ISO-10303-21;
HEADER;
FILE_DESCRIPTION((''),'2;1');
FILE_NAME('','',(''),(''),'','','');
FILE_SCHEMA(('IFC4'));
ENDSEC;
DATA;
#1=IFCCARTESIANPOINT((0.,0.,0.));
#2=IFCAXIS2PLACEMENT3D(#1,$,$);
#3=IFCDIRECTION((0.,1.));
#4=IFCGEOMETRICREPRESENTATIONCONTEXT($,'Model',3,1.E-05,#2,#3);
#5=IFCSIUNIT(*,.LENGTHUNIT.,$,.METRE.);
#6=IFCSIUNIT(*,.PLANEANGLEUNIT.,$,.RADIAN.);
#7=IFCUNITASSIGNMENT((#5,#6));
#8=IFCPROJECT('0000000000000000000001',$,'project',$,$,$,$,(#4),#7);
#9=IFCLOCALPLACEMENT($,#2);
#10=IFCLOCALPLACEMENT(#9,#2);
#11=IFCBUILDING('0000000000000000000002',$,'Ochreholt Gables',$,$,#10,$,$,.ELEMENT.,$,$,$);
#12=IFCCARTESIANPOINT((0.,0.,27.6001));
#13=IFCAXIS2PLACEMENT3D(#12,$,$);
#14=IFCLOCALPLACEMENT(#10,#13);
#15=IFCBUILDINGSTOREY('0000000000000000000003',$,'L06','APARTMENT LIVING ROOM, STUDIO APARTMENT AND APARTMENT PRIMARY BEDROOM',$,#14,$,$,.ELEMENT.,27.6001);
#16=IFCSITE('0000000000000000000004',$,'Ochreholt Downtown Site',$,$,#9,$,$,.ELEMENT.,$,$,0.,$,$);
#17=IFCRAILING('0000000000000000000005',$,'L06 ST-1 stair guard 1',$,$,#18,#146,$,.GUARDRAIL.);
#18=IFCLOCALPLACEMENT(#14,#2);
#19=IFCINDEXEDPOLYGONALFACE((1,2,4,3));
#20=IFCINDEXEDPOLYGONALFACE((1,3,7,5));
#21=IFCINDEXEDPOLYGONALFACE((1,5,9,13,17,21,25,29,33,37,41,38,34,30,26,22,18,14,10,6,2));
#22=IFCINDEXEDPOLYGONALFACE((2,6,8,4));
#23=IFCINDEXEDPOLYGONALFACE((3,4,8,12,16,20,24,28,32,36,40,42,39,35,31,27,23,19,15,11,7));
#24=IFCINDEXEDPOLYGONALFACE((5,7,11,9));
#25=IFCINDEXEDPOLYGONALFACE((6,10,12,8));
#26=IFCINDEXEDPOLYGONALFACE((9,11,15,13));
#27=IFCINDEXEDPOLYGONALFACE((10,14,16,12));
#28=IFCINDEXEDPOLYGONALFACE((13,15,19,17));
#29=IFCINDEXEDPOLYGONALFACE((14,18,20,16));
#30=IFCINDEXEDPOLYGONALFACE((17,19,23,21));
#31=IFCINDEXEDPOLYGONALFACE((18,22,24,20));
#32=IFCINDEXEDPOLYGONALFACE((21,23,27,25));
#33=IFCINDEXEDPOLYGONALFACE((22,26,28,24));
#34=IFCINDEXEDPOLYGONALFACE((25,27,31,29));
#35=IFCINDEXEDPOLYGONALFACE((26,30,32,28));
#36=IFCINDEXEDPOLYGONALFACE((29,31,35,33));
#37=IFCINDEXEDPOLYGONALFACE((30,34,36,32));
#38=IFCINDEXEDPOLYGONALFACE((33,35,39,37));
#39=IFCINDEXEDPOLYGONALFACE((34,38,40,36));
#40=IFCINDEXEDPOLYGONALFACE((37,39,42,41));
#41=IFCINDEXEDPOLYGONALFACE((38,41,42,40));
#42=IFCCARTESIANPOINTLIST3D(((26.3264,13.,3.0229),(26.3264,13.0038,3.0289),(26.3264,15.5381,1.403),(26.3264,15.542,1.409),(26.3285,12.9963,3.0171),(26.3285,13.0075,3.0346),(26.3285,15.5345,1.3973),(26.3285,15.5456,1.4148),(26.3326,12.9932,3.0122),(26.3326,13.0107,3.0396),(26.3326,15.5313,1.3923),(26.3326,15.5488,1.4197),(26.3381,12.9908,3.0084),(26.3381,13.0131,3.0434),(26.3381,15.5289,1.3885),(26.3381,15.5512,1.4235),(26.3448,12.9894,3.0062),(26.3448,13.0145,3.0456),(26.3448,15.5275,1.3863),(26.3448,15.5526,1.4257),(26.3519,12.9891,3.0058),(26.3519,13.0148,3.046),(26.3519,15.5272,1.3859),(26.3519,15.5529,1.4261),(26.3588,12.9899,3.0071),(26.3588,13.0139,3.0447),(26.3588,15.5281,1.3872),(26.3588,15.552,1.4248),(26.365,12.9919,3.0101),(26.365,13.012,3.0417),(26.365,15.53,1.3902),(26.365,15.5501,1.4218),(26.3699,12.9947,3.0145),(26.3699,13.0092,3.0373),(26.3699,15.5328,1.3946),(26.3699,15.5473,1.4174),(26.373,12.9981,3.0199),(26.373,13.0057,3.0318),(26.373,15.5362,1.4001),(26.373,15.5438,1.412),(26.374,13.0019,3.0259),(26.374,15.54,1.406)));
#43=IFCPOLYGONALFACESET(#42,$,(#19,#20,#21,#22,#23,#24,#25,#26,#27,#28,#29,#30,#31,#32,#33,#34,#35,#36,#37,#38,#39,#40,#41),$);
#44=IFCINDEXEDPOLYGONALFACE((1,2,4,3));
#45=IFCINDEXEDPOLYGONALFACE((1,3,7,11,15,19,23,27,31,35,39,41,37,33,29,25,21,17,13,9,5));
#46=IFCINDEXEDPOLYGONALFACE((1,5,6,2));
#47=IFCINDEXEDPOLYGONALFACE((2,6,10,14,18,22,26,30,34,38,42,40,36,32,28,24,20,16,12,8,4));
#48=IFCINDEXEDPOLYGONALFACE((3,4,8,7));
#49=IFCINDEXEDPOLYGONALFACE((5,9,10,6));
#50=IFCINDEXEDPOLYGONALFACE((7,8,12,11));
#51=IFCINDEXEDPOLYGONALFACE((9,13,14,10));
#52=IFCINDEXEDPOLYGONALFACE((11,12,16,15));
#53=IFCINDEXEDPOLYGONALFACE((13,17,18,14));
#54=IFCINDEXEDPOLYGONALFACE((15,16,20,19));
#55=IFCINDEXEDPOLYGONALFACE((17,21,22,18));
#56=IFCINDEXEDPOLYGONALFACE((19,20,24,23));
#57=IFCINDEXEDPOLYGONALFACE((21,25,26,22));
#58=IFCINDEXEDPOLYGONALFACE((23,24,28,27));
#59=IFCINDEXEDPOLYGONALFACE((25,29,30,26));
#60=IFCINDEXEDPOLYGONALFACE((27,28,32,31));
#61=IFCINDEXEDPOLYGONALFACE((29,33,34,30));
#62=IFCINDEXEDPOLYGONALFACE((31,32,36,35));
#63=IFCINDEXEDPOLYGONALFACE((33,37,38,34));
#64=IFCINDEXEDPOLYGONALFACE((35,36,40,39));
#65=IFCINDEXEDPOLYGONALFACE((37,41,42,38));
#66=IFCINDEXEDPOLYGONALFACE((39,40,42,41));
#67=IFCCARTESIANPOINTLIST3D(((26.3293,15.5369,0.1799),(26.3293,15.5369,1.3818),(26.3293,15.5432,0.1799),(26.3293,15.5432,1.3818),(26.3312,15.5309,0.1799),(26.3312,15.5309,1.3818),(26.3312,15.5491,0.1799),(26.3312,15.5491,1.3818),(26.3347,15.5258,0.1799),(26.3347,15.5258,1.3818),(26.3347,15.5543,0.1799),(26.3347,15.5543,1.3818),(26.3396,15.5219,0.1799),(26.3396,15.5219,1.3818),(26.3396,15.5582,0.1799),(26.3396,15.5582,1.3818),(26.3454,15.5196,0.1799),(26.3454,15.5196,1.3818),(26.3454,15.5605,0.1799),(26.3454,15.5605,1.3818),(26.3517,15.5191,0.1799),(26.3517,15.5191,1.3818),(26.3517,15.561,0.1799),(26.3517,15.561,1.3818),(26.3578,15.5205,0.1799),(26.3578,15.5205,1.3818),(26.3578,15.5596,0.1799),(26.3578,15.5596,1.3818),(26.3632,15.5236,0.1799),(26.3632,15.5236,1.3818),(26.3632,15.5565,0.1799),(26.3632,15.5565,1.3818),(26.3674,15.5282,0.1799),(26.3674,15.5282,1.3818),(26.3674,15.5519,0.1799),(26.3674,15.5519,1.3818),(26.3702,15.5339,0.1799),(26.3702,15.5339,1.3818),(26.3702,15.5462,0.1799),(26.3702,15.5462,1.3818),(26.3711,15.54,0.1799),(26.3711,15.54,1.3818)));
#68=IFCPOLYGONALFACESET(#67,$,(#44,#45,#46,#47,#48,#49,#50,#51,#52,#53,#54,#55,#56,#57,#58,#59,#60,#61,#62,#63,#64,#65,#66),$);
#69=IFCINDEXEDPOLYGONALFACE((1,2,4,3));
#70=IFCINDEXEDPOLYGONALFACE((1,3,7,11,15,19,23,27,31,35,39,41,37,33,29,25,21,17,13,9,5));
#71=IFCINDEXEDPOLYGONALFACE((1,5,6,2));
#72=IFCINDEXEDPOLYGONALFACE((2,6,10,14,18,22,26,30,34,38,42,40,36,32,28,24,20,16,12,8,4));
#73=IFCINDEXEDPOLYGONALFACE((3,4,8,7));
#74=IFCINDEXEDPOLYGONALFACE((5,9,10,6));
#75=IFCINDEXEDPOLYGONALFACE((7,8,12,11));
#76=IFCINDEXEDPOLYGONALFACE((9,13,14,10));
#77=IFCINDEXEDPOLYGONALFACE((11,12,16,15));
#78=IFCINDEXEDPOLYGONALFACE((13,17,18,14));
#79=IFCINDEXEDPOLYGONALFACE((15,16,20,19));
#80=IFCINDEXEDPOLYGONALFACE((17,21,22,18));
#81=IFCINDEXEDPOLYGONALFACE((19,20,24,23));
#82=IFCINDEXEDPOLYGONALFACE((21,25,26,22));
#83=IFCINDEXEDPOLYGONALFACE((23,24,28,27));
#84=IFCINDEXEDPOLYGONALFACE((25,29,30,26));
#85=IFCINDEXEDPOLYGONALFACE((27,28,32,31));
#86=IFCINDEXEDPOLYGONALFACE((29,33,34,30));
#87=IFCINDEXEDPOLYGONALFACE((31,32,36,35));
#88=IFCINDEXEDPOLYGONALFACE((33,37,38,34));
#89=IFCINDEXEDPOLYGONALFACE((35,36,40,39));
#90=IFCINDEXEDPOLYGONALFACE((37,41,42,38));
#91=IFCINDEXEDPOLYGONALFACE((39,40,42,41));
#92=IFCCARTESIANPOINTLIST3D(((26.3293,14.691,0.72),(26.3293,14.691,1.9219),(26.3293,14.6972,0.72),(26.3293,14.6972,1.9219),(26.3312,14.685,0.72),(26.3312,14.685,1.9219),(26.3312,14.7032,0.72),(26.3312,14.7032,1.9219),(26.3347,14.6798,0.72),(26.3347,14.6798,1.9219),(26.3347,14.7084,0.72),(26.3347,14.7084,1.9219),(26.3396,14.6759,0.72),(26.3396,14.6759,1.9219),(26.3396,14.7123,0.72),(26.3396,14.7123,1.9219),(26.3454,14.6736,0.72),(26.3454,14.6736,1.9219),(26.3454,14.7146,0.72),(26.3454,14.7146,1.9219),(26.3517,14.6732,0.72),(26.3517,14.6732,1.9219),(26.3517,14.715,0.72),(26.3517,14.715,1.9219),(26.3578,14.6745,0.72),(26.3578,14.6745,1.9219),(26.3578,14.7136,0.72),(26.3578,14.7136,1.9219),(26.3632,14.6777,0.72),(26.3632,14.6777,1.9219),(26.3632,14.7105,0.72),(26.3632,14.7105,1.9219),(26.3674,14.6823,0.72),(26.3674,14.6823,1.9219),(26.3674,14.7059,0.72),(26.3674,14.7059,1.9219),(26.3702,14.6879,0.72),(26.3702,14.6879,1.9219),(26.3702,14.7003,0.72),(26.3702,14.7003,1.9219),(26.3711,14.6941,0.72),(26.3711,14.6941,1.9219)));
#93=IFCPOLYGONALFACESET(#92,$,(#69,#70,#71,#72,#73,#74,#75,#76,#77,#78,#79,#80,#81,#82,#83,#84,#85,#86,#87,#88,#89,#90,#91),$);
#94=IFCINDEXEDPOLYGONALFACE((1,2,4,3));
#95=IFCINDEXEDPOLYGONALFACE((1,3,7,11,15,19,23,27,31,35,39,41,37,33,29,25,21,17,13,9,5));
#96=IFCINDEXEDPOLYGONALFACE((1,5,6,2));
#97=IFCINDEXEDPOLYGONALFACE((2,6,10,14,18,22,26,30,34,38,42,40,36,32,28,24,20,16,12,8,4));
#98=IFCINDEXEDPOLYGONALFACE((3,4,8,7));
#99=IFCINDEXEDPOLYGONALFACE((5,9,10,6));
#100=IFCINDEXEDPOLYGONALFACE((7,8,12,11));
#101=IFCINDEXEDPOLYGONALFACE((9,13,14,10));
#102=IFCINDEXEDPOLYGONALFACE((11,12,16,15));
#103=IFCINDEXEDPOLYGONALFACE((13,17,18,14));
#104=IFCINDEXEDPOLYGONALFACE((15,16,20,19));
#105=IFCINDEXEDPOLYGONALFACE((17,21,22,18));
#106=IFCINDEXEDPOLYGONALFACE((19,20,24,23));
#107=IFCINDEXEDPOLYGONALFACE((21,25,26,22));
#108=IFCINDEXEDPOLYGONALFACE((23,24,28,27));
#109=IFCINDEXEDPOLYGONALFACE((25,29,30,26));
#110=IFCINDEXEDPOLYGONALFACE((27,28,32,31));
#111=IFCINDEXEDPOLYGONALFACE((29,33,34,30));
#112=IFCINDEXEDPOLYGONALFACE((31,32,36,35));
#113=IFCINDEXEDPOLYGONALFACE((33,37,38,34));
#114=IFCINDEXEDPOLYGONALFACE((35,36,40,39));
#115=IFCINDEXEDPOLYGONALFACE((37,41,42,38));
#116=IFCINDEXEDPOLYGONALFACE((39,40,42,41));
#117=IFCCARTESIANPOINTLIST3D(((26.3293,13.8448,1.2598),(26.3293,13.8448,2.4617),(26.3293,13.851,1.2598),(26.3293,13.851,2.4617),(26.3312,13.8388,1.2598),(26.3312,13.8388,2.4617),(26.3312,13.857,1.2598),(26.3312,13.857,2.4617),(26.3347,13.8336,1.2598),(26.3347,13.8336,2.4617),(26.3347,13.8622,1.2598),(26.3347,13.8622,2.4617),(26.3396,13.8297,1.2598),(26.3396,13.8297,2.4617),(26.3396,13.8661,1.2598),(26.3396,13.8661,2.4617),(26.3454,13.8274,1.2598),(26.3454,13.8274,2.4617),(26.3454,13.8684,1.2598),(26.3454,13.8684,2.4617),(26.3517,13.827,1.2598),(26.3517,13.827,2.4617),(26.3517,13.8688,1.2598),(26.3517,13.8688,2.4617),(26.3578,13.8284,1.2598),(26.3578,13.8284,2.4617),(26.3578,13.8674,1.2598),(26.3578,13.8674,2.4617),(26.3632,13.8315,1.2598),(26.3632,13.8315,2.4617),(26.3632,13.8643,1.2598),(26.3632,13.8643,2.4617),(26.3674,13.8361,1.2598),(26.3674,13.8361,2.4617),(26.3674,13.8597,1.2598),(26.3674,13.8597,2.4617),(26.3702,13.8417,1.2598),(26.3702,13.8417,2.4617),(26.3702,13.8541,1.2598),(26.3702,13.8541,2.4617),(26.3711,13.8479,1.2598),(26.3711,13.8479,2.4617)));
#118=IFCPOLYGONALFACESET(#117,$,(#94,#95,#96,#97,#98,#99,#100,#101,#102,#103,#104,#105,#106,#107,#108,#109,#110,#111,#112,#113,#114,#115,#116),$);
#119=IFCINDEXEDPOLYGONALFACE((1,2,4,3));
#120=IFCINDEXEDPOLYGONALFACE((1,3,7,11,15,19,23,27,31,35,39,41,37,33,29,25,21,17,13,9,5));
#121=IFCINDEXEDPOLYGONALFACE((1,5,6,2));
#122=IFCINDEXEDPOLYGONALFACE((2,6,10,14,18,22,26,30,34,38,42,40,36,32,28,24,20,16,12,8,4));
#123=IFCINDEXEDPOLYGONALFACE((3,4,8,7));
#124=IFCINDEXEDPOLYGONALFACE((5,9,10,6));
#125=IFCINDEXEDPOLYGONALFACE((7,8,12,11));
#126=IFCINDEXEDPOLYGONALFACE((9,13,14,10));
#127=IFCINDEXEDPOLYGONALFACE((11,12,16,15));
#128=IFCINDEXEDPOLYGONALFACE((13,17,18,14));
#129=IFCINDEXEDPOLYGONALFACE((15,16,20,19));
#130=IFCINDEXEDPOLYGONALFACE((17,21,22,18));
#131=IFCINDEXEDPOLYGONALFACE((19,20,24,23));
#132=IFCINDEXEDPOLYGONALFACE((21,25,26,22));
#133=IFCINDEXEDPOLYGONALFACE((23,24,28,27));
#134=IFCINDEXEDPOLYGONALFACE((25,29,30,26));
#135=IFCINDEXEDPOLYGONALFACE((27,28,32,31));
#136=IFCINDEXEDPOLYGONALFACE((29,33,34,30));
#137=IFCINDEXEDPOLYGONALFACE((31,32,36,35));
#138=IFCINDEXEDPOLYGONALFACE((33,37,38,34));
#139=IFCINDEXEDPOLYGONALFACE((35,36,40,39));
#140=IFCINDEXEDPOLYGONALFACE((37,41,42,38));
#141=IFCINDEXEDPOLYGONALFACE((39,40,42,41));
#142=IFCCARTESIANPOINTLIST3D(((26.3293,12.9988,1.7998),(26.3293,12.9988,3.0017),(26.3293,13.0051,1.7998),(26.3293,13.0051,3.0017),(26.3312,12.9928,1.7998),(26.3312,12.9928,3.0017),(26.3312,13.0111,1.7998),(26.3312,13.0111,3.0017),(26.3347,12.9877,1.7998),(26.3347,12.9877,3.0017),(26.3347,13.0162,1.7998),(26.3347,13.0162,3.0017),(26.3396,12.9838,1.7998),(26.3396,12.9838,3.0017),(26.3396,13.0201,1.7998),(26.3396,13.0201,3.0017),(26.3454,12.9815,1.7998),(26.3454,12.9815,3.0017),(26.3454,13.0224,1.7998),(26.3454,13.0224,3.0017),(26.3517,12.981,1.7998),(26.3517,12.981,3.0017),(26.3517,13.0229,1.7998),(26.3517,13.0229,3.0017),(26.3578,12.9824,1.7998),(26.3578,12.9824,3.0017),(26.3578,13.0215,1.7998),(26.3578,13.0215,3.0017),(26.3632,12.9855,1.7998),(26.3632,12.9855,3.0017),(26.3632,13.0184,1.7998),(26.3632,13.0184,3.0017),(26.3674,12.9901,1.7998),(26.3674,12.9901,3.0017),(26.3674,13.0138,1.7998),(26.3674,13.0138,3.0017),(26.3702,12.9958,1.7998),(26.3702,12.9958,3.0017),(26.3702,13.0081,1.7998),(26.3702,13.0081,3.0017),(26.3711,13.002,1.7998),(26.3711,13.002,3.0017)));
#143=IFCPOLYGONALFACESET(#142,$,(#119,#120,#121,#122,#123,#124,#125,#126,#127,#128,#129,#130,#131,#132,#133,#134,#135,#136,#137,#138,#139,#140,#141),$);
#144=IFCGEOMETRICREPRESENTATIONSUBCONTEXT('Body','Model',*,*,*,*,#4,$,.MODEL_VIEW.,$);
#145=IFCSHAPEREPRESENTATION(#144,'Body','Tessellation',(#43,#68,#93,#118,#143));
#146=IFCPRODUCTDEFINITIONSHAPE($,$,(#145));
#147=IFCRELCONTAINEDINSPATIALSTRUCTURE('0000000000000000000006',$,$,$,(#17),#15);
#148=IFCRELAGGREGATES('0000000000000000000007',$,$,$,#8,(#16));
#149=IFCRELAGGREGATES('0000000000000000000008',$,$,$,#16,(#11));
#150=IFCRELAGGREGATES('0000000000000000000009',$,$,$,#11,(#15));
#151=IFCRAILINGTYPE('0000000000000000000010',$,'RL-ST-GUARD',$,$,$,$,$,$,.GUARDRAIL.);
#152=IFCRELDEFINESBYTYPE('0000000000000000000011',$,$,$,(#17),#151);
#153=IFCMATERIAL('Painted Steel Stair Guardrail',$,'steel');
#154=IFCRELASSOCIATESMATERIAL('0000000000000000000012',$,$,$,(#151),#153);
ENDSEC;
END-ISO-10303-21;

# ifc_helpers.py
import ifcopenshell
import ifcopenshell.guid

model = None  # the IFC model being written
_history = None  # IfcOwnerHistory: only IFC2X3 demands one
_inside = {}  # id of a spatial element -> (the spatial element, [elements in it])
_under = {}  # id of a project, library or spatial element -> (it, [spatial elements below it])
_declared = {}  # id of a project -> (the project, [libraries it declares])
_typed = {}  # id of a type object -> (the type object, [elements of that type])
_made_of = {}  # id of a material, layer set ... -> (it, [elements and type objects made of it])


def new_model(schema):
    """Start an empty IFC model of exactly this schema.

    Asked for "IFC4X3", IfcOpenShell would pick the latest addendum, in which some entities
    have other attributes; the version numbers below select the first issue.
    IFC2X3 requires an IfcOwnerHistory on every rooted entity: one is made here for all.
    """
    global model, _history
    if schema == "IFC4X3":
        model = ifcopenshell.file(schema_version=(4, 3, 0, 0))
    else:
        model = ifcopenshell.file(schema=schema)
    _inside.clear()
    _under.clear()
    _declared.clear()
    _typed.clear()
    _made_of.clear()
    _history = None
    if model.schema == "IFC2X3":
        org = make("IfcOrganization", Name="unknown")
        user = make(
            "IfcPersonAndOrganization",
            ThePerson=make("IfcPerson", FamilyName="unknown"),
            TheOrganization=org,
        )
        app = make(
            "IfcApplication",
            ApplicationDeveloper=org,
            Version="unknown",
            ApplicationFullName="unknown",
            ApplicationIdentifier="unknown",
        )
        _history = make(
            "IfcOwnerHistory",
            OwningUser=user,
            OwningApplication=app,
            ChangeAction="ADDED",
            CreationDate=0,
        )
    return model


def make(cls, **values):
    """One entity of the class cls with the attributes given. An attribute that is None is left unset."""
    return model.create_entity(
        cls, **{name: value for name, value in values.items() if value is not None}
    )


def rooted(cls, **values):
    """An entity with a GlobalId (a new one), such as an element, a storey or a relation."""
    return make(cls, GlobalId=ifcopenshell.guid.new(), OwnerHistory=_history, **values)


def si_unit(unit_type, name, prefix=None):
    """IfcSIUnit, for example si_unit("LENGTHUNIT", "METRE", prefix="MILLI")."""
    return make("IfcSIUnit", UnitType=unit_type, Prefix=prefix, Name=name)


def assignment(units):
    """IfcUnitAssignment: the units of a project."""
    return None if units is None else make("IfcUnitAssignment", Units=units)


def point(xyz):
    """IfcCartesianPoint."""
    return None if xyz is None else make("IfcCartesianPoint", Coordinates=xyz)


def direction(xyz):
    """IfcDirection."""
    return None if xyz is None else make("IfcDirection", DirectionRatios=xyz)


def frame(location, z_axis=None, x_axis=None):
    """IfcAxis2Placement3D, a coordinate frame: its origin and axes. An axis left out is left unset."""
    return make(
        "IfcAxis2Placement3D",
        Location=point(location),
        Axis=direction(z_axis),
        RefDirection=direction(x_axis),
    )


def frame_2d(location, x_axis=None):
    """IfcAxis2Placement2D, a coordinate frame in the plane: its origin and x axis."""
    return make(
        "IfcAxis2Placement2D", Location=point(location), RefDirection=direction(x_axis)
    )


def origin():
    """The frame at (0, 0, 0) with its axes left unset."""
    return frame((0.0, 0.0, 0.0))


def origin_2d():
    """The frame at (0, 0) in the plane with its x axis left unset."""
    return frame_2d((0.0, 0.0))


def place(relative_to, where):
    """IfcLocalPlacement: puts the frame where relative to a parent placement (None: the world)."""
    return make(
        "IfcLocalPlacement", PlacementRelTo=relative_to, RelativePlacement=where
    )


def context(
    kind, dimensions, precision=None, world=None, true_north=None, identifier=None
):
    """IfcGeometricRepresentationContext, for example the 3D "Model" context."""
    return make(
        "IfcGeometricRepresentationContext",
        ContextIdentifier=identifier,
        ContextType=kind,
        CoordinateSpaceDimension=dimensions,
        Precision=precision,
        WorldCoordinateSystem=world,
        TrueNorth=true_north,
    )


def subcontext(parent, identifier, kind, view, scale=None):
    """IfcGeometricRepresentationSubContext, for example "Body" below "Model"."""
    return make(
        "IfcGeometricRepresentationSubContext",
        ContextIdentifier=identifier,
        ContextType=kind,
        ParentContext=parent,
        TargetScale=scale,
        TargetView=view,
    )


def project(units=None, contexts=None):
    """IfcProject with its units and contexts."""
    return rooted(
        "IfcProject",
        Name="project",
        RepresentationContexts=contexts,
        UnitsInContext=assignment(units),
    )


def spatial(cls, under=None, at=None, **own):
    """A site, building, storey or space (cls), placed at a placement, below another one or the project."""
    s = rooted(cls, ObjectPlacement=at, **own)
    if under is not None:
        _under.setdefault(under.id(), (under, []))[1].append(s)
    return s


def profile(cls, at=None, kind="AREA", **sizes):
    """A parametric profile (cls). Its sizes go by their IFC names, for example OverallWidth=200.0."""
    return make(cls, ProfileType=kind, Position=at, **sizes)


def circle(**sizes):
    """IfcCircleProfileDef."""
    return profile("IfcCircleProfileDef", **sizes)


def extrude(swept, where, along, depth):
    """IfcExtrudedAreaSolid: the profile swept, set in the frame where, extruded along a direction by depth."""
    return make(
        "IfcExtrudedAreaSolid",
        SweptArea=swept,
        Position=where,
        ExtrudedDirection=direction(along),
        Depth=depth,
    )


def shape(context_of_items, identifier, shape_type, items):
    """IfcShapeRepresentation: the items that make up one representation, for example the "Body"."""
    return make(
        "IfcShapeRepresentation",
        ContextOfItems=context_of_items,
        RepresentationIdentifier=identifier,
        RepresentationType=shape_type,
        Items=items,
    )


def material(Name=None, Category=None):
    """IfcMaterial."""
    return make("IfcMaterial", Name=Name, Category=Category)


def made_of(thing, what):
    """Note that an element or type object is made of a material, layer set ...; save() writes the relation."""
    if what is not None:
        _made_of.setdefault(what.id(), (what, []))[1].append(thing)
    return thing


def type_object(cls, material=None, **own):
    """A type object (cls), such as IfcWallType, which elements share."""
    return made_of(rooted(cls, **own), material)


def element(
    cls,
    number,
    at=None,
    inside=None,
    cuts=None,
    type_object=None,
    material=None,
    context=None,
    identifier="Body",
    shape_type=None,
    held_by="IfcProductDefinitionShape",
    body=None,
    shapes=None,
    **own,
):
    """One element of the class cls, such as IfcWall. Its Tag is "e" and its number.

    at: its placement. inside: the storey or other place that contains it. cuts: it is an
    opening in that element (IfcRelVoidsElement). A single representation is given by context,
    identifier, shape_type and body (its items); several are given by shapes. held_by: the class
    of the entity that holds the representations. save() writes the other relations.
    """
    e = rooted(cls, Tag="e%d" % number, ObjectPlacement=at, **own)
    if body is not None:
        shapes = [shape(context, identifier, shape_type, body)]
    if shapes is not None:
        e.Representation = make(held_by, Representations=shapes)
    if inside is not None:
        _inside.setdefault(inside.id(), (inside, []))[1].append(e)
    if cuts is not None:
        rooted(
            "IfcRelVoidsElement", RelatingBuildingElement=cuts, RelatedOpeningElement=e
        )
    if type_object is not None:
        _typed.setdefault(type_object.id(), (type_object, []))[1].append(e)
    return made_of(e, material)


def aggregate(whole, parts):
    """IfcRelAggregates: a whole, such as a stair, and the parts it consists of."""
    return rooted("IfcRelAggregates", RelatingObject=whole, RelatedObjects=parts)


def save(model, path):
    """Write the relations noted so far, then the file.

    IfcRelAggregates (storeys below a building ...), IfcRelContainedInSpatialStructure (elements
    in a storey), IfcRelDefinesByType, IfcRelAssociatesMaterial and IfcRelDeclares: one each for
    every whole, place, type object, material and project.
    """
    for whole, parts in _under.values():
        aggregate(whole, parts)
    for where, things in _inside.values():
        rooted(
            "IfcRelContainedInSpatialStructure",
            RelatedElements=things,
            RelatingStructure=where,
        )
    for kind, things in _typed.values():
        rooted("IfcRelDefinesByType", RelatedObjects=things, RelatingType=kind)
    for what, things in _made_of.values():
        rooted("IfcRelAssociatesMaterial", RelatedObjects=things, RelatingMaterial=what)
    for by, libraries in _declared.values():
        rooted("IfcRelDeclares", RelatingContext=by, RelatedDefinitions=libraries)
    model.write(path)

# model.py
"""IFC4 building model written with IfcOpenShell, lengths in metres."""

from ifc_helpers import new_model, si_unit, direction, frame, origin, origin_2d, place, context, subcontext, project, spatial, circle, extrude, material, type_object, element, save


model = new_model("IFC4")

# Units and contexts
model_context = context("Model", 3, precision=1e-05, world=origin(), true_north=direction((0.0, 1.0)))
body_context = subcontext(model_context, "Body", "Model", "MODEL_VIEW")
ifc_project = project(units=[si_unit("LENGTHUNIT", "METRE"), si_unit("PLANEANGLEUNIT", "RADIAN")], contexts=[model_context])

# Site, building, storey
site_placement = place(None, origin())
site = spatial("IfcSite", under=ifc_project, at=site_placement, Name="Ochreholt Downtown Site", CompositionType="ELEMENT", RefElevation=0.0)
building_placement = place(site_placement, origin())
building = spatial("IfcBuilding", under=site, at=building_placement, Name="Ochreholt Gables", CompositionType="ELEMENT")
storey_placement = place(building_placement, frame((0.0, 0.0, 27.6001)))
storey = spatial("IfcBuildingStorey", under=building, at=storey_placement, Name="L06", Description="APARTMENT LIVING ROOM, STUDIO APARTMENT AND APARTMENT PRIMARY BEDROOM", CompositionType="ELEMENT", Elevation=27.6001)

# Railing
ifc_material_1 = material(Name="Painted Steel Stair Guardrail", Category="steel")
railing_type_1 = type_object("IfcRailingType", Name="RL-ST-GUARD", PredefinedType="GUARDRAIL", material=ifc_material_1)
railing_1_placement = place(storey_placement, frame((26.3501, 15.54, 0.1799)))
element("IfcRailing", 1, at=railing_1_placement, inside=storey, type_object=railing_type_1, Name="L06 ST-1 stair guard 1", PredefinedType="GUARDRAIL", context=body_context, shape_type="SweptSolid", body=[
    extrude(circle(Radius=0.0239, at=origin_2d()), frame((0.0, 0.0, 1.2261), z_axis=(0.0, -0.84295, 0.537993), x_axis=(1.0, 0.0, 0.0)), (0.0, 0.0, 1.0), 3.011),
    extrude(circle(Radius=0.021, at=origin_2d()), origin(), (0.0, 0.0, 1.0), 1.2019),
    extrude(circle(Radius=0.021, at=origin_2d()), frame((0.0, -0.8459, 0.54)), (0.0, 0.0, 1.0), 1.2019),
    extrude(circle(Radius=0.021, at=origin_2d()), frame((0.0, -1.6921, 1.0798)), (0.0, 0.0, 1.0), 1.2019),
    extrude(circle(Radius=0.021, at=origin_2d()), frame((0.0, -2.5381, 1.6199)), (0.0, 0.0, 1.0), 1.2019),
])

save(model, "model.ifc")
